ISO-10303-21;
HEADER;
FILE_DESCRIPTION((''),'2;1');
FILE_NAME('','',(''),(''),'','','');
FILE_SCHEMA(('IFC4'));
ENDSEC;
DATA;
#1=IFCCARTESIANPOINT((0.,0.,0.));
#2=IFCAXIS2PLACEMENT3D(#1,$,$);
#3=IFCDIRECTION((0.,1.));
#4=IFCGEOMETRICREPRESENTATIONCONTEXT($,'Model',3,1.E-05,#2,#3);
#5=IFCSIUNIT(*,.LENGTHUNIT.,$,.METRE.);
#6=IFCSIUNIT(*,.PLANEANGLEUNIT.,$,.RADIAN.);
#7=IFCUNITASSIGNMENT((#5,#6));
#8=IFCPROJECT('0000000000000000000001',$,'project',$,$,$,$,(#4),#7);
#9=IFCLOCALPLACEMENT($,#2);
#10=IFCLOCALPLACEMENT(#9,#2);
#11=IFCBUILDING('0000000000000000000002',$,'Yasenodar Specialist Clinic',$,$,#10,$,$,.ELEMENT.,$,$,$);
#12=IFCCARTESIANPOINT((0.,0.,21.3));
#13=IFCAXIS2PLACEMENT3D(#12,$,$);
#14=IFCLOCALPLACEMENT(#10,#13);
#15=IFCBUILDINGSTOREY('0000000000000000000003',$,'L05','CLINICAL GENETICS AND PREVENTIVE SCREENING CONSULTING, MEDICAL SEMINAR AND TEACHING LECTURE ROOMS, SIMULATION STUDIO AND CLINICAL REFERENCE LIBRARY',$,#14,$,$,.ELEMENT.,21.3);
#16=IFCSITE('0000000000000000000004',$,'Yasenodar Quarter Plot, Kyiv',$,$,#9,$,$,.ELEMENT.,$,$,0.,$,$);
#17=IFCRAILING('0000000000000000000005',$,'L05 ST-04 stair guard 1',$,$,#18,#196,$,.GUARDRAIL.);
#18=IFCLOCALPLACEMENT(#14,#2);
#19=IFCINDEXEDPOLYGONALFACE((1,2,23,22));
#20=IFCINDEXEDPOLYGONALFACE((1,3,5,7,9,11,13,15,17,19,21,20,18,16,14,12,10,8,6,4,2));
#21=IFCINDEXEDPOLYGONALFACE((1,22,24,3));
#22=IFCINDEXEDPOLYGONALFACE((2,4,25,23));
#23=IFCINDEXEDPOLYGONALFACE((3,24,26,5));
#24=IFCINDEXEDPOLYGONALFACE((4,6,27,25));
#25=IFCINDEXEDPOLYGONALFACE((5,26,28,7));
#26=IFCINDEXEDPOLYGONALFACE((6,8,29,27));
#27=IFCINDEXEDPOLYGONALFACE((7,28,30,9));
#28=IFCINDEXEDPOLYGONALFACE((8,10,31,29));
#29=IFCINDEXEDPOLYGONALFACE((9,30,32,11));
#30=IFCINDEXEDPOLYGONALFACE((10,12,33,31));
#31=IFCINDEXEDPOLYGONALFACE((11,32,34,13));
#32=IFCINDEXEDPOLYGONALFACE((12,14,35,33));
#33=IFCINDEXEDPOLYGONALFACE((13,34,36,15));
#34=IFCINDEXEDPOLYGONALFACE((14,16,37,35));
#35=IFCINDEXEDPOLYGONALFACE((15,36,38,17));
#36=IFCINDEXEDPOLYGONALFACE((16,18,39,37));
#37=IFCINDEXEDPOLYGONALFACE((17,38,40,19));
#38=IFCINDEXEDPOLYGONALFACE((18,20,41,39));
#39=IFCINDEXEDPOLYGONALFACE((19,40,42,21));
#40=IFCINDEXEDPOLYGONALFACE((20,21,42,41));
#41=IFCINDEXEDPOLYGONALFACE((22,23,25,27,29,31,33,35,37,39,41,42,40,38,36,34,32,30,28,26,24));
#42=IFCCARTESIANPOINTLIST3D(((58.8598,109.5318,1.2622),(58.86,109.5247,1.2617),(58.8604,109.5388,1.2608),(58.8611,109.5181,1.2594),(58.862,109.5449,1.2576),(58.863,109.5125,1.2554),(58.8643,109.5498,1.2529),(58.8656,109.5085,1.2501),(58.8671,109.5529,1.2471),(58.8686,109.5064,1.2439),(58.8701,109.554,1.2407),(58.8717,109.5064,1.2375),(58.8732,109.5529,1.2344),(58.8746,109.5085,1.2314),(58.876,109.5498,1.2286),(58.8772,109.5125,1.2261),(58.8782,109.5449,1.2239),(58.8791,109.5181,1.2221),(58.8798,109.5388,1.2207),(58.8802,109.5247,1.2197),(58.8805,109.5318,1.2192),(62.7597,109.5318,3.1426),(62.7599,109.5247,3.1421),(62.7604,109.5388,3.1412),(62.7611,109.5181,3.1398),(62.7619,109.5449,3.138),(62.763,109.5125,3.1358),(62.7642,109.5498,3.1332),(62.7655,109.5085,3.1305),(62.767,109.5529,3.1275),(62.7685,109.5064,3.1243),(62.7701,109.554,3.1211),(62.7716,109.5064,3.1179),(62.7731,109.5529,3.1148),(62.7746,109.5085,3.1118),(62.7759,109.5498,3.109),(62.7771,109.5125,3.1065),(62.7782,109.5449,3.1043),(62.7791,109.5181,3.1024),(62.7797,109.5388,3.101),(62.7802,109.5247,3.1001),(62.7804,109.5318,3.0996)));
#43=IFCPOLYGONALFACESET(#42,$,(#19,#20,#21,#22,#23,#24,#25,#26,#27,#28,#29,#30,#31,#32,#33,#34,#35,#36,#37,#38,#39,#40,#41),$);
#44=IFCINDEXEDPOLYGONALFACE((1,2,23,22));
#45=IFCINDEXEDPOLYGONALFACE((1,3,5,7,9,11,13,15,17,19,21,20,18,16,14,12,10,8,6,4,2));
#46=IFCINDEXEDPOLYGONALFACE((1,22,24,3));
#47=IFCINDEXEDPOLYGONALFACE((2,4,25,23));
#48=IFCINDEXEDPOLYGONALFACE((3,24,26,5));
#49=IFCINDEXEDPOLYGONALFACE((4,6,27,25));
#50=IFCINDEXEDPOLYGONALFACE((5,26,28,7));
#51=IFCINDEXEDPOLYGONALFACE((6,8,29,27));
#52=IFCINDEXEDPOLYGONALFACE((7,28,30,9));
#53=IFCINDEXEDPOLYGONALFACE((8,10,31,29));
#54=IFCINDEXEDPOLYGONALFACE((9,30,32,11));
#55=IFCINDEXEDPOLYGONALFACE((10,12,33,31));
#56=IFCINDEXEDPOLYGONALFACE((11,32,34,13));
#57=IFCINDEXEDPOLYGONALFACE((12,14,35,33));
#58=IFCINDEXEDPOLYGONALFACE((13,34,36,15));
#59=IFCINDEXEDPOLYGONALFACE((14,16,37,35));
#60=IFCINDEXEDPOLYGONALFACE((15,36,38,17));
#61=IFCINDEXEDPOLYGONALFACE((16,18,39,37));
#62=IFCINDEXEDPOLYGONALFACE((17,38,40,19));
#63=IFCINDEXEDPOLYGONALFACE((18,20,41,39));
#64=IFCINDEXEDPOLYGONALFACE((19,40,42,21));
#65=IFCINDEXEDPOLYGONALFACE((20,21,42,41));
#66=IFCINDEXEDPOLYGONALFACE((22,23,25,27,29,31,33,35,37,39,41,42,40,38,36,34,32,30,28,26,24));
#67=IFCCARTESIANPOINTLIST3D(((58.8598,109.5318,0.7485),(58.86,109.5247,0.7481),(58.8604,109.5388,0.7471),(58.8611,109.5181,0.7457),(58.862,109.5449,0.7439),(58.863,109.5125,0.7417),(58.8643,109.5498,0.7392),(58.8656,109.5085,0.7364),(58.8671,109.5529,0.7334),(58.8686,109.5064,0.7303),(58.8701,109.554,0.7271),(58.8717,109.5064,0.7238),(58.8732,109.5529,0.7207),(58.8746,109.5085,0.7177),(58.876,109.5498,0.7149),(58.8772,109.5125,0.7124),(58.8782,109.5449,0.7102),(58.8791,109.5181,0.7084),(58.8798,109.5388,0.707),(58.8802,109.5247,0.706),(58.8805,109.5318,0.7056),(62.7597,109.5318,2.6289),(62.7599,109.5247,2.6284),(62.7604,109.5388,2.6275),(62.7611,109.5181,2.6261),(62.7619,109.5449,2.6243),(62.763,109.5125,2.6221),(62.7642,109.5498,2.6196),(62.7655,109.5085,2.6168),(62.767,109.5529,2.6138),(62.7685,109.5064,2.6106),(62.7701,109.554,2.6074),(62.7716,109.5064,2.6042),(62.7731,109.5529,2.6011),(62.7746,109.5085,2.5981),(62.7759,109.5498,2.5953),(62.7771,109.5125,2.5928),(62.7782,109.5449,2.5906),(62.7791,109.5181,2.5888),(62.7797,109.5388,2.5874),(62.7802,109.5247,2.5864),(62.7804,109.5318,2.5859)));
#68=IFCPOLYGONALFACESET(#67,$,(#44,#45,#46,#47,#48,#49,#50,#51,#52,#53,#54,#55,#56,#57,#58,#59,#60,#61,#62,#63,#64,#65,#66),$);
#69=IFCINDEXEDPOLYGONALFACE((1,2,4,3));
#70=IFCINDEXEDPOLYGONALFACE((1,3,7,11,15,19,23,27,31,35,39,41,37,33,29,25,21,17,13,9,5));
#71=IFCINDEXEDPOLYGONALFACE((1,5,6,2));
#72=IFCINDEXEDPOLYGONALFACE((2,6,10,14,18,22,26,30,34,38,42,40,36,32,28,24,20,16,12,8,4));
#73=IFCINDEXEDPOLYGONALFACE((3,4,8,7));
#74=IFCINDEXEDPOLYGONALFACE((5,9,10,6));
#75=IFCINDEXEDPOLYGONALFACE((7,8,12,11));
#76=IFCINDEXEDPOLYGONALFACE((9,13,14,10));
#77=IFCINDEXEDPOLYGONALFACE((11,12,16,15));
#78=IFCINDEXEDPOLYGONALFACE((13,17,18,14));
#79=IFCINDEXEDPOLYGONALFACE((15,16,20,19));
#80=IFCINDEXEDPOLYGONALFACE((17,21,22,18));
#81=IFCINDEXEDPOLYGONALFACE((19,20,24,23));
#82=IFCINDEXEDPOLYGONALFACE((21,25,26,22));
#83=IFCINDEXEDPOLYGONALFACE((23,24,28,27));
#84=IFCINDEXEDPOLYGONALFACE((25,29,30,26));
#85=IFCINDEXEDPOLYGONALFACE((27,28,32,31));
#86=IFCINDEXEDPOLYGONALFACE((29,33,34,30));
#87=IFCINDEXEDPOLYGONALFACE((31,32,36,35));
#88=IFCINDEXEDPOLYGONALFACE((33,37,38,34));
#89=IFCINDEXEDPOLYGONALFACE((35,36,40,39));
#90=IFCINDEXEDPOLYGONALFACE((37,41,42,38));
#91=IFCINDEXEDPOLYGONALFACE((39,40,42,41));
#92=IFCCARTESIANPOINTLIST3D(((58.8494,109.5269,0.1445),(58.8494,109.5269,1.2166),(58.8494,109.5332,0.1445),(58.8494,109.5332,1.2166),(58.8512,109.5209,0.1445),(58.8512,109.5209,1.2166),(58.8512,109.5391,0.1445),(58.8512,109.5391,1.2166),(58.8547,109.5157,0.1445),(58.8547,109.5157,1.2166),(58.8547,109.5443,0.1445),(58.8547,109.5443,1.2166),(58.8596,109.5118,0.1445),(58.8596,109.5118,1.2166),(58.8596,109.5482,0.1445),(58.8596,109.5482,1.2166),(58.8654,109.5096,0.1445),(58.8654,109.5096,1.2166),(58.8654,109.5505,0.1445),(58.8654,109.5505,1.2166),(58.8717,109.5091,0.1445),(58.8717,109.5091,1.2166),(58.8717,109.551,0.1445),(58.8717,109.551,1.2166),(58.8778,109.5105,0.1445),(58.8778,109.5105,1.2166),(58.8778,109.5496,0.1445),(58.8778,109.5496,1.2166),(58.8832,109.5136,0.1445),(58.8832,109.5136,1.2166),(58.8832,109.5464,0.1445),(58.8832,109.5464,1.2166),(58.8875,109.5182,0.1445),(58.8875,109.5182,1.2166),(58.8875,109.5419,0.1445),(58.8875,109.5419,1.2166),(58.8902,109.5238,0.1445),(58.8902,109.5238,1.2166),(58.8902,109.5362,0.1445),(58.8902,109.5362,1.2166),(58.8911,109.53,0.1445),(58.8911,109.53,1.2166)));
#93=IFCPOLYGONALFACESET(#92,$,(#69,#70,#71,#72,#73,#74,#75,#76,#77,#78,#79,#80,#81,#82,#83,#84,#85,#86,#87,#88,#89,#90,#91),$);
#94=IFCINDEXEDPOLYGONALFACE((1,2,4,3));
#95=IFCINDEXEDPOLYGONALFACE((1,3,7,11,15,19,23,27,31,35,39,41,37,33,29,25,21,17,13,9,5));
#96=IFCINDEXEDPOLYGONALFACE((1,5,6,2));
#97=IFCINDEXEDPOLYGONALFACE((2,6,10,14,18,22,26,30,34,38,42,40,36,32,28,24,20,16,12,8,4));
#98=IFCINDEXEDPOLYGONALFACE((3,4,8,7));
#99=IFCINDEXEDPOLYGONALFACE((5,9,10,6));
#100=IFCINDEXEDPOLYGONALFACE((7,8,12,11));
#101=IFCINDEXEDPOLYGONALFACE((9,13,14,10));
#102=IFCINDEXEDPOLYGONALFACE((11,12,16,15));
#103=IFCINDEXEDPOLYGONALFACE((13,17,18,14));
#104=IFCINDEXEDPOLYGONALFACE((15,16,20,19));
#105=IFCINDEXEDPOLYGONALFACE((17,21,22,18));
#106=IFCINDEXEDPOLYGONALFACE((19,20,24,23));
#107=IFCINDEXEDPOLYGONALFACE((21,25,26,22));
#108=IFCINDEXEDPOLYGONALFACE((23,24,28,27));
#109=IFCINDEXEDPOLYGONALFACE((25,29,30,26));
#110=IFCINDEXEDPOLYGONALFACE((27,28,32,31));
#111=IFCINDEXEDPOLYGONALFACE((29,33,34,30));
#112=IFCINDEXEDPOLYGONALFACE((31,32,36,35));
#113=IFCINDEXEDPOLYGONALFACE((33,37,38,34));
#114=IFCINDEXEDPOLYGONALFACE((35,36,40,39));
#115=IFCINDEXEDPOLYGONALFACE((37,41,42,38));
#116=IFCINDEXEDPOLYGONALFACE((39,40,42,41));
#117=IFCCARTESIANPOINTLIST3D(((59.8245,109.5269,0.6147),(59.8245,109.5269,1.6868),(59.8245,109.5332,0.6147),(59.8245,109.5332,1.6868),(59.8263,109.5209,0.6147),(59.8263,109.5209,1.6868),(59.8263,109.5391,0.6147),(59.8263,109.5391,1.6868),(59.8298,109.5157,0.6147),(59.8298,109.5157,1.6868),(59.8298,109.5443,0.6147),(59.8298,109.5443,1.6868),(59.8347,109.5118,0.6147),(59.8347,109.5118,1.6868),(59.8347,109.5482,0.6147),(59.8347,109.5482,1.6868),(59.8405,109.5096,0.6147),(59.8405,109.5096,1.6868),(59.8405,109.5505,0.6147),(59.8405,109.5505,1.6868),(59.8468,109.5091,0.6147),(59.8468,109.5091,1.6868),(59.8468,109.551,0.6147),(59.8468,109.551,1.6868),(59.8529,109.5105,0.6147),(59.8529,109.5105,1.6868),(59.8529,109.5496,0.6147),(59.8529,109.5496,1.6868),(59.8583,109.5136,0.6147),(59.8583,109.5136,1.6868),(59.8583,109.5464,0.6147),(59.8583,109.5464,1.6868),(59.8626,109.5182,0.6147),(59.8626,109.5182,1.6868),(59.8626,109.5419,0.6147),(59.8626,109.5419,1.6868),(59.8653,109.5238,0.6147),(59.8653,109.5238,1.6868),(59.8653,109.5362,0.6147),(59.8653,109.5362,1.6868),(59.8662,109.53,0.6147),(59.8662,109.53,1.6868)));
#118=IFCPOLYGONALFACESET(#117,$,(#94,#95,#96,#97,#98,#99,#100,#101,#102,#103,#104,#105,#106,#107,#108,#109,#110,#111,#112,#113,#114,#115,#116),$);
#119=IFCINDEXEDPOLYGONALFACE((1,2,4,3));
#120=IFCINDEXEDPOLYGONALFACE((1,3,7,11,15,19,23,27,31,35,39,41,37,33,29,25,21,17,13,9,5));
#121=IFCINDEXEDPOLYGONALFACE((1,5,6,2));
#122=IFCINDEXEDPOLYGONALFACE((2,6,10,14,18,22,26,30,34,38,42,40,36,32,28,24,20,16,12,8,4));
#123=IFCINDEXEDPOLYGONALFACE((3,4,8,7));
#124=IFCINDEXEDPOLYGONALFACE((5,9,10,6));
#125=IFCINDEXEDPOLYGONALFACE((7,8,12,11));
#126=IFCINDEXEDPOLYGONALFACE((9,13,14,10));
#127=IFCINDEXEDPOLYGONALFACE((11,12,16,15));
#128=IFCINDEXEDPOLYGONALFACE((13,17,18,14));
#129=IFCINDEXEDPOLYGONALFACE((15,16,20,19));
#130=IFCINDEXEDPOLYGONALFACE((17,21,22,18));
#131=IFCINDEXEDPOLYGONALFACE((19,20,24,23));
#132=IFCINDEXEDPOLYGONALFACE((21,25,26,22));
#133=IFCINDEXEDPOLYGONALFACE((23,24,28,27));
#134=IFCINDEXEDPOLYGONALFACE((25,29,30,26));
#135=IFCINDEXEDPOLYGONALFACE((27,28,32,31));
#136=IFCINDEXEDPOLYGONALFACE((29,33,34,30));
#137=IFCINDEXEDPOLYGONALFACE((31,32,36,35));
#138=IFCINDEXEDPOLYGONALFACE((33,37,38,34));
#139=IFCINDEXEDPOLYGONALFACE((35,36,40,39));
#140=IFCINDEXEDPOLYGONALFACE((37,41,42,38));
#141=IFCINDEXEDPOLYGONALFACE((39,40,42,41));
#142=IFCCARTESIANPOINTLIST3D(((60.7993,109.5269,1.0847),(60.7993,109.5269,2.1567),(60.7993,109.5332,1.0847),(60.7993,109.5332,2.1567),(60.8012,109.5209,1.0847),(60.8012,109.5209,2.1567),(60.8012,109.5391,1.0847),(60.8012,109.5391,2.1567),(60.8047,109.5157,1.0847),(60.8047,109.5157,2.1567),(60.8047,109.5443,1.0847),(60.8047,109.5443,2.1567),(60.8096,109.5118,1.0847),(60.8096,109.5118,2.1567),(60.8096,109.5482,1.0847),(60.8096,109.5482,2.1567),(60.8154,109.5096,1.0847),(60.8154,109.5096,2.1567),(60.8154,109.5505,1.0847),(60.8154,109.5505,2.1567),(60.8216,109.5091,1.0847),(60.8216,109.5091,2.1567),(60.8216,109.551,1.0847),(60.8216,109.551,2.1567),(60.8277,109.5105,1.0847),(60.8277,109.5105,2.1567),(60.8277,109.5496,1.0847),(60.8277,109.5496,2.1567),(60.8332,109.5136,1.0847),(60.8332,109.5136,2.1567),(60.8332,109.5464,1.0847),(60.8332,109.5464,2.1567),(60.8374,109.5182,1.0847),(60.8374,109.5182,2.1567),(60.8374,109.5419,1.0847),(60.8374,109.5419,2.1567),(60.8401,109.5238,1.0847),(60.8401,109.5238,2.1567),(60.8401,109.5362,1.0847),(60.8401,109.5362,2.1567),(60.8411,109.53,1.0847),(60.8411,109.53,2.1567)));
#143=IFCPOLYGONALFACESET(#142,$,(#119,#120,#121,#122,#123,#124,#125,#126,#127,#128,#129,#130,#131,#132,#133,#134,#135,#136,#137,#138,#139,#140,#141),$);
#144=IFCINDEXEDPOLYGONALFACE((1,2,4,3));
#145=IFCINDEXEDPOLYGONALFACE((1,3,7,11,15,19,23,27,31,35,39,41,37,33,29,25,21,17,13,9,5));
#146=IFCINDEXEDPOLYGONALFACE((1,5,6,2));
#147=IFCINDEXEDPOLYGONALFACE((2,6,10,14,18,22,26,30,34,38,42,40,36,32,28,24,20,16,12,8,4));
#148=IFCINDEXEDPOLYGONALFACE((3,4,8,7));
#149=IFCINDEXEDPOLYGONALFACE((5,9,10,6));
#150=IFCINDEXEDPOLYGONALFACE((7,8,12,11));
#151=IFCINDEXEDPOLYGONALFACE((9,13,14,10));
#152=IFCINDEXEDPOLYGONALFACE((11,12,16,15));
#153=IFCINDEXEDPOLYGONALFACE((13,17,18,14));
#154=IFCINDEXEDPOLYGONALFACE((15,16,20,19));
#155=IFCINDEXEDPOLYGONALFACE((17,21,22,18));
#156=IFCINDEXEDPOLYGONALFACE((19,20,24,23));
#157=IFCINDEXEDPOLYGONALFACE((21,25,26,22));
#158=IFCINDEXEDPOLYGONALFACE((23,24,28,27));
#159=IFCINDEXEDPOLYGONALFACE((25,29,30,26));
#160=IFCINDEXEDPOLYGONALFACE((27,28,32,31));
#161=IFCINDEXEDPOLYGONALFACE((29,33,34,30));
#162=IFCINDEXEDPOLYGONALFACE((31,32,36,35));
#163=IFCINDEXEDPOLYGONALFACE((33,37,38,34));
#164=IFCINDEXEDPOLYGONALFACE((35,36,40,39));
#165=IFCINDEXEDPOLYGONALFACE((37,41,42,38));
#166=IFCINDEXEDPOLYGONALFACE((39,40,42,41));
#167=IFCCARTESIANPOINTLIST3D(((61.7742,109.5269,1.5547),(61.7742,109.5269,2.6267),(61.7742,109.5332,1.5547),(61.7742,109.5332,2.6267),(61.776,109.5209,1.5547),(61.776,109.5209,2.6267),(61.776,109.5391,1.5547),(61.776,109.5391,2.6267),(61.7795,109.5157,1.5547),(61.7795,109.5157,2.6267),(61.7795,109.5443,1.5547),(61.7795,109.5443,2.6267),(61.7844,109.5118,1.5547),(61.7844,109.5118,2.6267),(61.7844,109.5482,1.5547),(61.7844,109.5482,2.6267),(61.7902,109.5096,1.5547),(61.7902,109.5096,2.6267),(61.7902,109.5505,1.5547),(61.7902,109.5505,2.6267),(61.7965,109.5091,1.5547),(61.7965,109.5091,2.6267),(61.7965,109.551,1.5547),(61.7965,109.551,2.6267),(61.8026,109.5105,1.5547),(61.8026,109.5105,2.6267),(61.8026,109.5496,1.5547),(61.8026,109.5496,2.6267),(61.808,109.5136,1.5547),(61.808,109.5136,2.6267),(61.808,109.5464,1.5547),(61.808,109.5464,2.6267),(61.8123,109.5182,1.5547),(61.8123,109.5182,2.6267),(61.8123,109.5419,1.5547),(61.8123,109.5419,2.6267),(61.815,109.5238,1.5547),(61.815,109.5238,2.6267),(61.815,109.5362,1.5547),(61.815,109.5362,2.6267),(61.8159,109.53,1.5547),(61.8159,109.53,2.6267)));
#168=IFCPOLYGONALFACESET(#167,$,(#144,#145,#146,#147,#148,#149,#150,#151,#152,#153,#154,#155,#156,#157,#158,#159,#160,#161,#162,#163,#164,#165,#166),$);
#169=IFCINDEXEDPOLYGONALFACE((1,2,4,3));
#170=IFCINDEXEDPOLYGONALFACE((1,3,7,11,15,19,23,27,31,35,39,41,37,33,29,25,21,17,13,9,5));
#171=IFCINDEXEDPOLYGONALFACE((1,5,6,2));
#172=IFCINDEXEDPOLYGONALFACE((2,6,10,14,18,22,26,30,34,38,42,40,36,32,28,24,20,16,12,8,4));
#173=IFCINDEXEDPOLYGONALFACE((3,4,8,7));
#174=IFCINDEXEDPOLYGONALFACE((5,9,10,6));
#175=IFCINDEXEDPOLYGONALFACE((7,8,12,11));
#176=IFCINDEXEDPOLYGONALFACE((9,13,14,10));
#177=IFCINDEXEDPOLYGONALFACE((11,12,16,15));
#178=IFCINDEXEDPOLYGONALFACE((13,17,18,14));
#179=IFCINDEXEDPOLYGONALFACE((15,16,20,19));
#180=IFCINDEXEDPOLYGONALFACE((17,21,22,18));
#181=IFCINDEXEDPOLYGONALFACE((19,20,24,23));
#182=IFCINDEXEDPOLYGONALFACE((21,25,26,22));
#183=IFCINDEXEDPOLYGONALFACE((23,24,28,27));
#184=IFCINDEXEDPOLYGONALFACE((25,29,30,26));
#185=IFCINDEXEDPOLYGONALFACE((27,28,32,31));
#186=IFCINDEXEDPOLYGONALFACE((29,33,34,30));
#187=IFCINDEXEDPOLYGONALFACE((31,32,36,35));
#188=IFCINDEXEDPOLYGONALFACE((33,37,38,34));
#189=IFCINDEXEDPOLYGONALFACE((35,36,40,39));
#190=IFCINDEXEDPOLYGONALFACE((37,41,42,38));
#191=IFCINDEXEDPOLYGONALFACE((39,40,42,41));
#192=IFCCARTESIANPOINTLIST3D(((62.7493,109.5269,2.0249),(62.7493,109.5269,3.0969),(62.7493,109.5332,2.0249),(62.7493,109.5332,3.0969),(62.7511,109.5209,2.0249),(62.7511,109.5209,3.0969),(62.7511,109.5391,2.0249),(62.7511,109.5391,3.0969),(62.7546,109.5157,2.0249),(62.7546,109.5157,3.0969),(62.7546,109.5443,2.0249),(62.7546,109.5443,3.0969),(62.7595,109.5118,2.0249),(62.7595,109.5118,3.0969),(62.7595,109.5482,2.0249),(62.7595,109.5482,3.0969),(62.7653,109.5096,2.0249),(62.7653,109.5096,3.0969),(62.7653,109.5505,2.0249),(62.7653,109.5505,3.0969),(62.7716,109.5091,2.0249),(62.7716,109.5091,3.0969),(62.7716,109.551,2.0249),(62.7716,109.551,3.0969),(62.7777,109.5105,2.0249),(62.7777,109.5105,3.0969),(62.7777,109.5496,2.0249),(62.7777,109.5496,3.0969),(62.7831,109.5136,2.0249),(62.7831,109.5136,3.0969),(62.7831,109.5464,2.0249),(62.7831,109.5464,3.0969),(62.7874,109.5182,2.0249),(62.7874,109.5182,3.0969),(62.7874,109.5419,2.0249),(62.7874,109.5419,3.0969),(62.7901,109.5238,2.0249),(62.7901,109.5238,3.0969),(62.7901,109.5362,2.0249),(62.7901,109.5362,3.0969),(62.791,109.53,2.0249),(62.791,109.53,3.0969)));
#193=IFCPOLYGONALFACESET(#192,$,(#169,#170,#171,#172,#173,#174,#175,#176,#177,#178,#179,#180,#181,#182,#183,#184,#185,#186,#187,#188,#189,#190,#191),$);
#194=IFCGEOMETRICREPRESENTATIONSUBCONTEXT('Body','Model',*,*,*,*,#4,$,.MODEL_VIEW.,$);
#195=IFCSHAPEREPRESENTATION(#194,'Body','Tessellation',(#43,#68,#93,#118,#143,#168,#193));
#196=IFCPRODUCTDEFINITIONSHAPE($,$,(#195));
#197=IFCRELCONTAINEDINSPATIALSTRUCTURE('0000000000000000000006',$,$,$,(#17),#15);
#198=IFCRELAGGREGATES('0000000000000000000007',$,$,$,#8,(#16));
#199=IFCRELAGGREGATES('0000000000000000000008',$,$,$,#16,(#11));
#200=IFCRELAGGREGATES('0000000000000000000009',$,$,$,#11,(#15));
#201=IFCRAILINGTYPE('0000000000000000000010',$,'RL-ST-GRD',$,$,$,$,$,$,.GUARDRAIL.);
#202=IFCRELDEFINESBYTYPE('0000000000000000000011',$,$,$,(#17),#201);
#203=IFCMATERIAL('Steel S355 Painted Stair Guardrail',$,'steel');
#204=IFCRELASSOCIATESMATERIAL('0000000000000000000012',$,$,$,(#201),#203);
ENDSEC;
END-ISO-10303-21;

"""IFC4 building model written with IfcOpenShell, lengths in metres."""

from ifc_helpers import new_model, si_unit, direction, frame, origin, origin_2d, place, context, subcontext, project, spatial, circle, extrude, material, type_object, element, save


model = new_model("IFC4")

# Units and contexts
model_context = context("Model", 3, precision=1e-05, world=origin(), true_north=direction((0.0, 1.0)))
body_context = subcontext(model_context, "Body", "Model", "MODEL_VIEW")
ifc_project = project(units=[si_unit("LENGTHUNIT", "METRE"), si_unit("PLANEANGLEUNIT", "RADIAN")], contexts=[model_context])

# Site, building, storey
site_placement = place(None, origin())
site = spatial("IfcSite", under=ifc_project, at=site_placement, Name="Yasenodar Quarter Plot, Kyiv", CompositionType="ELEMENT", RefElevation=0.0)
building_placement = place(site_placement, origin())
building = spatial("IfcBuilding", under=site, at=building_placement, Name="Yasenodar Specialist Clinic", CompositionType="ELEMENT")
storey_placement = place(building_placement, frame((0.0, 0.0, 21.3)))
storey = spatial("IfcBuildingStorey", under=building, at=storey_placement, Name="L05", Description="CLINICAL GENETICS AND PREVENTIVE SCREENING CONSULTING, MEDICAL SEMINAR AND TEACHING LECTURE ROOMS, SIMULATION STUDIO AND CLINICAL REFERENCE LIBRARY", CompositionType="ELEMENT", Elevation=21.3)

# Railing
ifc_material_1 = material(Name="Steel S355 Painted Stair Guardrail", Category="steel")
railing_type_1 = type_object("IfcRailingType", Name="RL-ST-GRD", PredefinedType="GUARDRAIL", material=ifc_material_1)
railing_1_placement = place(storey_placement, frame((58.8701, 109.53, 0.1445)))
element("IfcRailing", 1, at=railing_1_placement, inside=storey, type_object=railing_type_1, Name="L05 ST-04 stair guard 1", PredefinedType="GUARDRAIL", context=body_context, shape_type="SweptSolid", body=[
    extrude(circle(Radius=0.0239, at=origin_2d()), frame((0.0, 0.0, 1.0962), z_axis=(0.900763, 0.0, 0.434311), x_axis=(0.0, 1.0, 0.0)), (0.0, 0.0, 1.0), 4.3296),
    extrude(circle(Radius=0.0239, at=origin_2d()), frame((0.0, 0.0, 0.5825), z_axis=(0.900763, 0.0, 0.434311), x_axis=(0.0, 1.0, 0.0)), (0.0, 0.0, 1.0), 4.3296),
    extrude(circle(Radius=0.021, at=origin_2d()), origin(), (0.0, 0.0, 1.0), 1.072),
    extrude(circle(Radius=0.021, at=origin_2d()), frame((0.9751, 0.0, 0.4702)), (0.0, 0.0, 1.0), 1.072),
    extrude(circle(Radius=0.021, at=origin_2d()), frame((1.95, 0.0, 0.9402)), (0.0, 0.0, 1.0), 1.072),
    extrude(circle(Radius=0.021, at=origin_2d()), frame((2.9248, 0.0, 1.4102)), (0.0, 0.0, 1.0), 1.072),
    extrude(circle(Radius=0.021, at=origin_2d()), frame((3.8999, 0.0, 1.8804)), (0.0, 0.0, 1.0), 1.072),
])

save(model, "model.ifc")
